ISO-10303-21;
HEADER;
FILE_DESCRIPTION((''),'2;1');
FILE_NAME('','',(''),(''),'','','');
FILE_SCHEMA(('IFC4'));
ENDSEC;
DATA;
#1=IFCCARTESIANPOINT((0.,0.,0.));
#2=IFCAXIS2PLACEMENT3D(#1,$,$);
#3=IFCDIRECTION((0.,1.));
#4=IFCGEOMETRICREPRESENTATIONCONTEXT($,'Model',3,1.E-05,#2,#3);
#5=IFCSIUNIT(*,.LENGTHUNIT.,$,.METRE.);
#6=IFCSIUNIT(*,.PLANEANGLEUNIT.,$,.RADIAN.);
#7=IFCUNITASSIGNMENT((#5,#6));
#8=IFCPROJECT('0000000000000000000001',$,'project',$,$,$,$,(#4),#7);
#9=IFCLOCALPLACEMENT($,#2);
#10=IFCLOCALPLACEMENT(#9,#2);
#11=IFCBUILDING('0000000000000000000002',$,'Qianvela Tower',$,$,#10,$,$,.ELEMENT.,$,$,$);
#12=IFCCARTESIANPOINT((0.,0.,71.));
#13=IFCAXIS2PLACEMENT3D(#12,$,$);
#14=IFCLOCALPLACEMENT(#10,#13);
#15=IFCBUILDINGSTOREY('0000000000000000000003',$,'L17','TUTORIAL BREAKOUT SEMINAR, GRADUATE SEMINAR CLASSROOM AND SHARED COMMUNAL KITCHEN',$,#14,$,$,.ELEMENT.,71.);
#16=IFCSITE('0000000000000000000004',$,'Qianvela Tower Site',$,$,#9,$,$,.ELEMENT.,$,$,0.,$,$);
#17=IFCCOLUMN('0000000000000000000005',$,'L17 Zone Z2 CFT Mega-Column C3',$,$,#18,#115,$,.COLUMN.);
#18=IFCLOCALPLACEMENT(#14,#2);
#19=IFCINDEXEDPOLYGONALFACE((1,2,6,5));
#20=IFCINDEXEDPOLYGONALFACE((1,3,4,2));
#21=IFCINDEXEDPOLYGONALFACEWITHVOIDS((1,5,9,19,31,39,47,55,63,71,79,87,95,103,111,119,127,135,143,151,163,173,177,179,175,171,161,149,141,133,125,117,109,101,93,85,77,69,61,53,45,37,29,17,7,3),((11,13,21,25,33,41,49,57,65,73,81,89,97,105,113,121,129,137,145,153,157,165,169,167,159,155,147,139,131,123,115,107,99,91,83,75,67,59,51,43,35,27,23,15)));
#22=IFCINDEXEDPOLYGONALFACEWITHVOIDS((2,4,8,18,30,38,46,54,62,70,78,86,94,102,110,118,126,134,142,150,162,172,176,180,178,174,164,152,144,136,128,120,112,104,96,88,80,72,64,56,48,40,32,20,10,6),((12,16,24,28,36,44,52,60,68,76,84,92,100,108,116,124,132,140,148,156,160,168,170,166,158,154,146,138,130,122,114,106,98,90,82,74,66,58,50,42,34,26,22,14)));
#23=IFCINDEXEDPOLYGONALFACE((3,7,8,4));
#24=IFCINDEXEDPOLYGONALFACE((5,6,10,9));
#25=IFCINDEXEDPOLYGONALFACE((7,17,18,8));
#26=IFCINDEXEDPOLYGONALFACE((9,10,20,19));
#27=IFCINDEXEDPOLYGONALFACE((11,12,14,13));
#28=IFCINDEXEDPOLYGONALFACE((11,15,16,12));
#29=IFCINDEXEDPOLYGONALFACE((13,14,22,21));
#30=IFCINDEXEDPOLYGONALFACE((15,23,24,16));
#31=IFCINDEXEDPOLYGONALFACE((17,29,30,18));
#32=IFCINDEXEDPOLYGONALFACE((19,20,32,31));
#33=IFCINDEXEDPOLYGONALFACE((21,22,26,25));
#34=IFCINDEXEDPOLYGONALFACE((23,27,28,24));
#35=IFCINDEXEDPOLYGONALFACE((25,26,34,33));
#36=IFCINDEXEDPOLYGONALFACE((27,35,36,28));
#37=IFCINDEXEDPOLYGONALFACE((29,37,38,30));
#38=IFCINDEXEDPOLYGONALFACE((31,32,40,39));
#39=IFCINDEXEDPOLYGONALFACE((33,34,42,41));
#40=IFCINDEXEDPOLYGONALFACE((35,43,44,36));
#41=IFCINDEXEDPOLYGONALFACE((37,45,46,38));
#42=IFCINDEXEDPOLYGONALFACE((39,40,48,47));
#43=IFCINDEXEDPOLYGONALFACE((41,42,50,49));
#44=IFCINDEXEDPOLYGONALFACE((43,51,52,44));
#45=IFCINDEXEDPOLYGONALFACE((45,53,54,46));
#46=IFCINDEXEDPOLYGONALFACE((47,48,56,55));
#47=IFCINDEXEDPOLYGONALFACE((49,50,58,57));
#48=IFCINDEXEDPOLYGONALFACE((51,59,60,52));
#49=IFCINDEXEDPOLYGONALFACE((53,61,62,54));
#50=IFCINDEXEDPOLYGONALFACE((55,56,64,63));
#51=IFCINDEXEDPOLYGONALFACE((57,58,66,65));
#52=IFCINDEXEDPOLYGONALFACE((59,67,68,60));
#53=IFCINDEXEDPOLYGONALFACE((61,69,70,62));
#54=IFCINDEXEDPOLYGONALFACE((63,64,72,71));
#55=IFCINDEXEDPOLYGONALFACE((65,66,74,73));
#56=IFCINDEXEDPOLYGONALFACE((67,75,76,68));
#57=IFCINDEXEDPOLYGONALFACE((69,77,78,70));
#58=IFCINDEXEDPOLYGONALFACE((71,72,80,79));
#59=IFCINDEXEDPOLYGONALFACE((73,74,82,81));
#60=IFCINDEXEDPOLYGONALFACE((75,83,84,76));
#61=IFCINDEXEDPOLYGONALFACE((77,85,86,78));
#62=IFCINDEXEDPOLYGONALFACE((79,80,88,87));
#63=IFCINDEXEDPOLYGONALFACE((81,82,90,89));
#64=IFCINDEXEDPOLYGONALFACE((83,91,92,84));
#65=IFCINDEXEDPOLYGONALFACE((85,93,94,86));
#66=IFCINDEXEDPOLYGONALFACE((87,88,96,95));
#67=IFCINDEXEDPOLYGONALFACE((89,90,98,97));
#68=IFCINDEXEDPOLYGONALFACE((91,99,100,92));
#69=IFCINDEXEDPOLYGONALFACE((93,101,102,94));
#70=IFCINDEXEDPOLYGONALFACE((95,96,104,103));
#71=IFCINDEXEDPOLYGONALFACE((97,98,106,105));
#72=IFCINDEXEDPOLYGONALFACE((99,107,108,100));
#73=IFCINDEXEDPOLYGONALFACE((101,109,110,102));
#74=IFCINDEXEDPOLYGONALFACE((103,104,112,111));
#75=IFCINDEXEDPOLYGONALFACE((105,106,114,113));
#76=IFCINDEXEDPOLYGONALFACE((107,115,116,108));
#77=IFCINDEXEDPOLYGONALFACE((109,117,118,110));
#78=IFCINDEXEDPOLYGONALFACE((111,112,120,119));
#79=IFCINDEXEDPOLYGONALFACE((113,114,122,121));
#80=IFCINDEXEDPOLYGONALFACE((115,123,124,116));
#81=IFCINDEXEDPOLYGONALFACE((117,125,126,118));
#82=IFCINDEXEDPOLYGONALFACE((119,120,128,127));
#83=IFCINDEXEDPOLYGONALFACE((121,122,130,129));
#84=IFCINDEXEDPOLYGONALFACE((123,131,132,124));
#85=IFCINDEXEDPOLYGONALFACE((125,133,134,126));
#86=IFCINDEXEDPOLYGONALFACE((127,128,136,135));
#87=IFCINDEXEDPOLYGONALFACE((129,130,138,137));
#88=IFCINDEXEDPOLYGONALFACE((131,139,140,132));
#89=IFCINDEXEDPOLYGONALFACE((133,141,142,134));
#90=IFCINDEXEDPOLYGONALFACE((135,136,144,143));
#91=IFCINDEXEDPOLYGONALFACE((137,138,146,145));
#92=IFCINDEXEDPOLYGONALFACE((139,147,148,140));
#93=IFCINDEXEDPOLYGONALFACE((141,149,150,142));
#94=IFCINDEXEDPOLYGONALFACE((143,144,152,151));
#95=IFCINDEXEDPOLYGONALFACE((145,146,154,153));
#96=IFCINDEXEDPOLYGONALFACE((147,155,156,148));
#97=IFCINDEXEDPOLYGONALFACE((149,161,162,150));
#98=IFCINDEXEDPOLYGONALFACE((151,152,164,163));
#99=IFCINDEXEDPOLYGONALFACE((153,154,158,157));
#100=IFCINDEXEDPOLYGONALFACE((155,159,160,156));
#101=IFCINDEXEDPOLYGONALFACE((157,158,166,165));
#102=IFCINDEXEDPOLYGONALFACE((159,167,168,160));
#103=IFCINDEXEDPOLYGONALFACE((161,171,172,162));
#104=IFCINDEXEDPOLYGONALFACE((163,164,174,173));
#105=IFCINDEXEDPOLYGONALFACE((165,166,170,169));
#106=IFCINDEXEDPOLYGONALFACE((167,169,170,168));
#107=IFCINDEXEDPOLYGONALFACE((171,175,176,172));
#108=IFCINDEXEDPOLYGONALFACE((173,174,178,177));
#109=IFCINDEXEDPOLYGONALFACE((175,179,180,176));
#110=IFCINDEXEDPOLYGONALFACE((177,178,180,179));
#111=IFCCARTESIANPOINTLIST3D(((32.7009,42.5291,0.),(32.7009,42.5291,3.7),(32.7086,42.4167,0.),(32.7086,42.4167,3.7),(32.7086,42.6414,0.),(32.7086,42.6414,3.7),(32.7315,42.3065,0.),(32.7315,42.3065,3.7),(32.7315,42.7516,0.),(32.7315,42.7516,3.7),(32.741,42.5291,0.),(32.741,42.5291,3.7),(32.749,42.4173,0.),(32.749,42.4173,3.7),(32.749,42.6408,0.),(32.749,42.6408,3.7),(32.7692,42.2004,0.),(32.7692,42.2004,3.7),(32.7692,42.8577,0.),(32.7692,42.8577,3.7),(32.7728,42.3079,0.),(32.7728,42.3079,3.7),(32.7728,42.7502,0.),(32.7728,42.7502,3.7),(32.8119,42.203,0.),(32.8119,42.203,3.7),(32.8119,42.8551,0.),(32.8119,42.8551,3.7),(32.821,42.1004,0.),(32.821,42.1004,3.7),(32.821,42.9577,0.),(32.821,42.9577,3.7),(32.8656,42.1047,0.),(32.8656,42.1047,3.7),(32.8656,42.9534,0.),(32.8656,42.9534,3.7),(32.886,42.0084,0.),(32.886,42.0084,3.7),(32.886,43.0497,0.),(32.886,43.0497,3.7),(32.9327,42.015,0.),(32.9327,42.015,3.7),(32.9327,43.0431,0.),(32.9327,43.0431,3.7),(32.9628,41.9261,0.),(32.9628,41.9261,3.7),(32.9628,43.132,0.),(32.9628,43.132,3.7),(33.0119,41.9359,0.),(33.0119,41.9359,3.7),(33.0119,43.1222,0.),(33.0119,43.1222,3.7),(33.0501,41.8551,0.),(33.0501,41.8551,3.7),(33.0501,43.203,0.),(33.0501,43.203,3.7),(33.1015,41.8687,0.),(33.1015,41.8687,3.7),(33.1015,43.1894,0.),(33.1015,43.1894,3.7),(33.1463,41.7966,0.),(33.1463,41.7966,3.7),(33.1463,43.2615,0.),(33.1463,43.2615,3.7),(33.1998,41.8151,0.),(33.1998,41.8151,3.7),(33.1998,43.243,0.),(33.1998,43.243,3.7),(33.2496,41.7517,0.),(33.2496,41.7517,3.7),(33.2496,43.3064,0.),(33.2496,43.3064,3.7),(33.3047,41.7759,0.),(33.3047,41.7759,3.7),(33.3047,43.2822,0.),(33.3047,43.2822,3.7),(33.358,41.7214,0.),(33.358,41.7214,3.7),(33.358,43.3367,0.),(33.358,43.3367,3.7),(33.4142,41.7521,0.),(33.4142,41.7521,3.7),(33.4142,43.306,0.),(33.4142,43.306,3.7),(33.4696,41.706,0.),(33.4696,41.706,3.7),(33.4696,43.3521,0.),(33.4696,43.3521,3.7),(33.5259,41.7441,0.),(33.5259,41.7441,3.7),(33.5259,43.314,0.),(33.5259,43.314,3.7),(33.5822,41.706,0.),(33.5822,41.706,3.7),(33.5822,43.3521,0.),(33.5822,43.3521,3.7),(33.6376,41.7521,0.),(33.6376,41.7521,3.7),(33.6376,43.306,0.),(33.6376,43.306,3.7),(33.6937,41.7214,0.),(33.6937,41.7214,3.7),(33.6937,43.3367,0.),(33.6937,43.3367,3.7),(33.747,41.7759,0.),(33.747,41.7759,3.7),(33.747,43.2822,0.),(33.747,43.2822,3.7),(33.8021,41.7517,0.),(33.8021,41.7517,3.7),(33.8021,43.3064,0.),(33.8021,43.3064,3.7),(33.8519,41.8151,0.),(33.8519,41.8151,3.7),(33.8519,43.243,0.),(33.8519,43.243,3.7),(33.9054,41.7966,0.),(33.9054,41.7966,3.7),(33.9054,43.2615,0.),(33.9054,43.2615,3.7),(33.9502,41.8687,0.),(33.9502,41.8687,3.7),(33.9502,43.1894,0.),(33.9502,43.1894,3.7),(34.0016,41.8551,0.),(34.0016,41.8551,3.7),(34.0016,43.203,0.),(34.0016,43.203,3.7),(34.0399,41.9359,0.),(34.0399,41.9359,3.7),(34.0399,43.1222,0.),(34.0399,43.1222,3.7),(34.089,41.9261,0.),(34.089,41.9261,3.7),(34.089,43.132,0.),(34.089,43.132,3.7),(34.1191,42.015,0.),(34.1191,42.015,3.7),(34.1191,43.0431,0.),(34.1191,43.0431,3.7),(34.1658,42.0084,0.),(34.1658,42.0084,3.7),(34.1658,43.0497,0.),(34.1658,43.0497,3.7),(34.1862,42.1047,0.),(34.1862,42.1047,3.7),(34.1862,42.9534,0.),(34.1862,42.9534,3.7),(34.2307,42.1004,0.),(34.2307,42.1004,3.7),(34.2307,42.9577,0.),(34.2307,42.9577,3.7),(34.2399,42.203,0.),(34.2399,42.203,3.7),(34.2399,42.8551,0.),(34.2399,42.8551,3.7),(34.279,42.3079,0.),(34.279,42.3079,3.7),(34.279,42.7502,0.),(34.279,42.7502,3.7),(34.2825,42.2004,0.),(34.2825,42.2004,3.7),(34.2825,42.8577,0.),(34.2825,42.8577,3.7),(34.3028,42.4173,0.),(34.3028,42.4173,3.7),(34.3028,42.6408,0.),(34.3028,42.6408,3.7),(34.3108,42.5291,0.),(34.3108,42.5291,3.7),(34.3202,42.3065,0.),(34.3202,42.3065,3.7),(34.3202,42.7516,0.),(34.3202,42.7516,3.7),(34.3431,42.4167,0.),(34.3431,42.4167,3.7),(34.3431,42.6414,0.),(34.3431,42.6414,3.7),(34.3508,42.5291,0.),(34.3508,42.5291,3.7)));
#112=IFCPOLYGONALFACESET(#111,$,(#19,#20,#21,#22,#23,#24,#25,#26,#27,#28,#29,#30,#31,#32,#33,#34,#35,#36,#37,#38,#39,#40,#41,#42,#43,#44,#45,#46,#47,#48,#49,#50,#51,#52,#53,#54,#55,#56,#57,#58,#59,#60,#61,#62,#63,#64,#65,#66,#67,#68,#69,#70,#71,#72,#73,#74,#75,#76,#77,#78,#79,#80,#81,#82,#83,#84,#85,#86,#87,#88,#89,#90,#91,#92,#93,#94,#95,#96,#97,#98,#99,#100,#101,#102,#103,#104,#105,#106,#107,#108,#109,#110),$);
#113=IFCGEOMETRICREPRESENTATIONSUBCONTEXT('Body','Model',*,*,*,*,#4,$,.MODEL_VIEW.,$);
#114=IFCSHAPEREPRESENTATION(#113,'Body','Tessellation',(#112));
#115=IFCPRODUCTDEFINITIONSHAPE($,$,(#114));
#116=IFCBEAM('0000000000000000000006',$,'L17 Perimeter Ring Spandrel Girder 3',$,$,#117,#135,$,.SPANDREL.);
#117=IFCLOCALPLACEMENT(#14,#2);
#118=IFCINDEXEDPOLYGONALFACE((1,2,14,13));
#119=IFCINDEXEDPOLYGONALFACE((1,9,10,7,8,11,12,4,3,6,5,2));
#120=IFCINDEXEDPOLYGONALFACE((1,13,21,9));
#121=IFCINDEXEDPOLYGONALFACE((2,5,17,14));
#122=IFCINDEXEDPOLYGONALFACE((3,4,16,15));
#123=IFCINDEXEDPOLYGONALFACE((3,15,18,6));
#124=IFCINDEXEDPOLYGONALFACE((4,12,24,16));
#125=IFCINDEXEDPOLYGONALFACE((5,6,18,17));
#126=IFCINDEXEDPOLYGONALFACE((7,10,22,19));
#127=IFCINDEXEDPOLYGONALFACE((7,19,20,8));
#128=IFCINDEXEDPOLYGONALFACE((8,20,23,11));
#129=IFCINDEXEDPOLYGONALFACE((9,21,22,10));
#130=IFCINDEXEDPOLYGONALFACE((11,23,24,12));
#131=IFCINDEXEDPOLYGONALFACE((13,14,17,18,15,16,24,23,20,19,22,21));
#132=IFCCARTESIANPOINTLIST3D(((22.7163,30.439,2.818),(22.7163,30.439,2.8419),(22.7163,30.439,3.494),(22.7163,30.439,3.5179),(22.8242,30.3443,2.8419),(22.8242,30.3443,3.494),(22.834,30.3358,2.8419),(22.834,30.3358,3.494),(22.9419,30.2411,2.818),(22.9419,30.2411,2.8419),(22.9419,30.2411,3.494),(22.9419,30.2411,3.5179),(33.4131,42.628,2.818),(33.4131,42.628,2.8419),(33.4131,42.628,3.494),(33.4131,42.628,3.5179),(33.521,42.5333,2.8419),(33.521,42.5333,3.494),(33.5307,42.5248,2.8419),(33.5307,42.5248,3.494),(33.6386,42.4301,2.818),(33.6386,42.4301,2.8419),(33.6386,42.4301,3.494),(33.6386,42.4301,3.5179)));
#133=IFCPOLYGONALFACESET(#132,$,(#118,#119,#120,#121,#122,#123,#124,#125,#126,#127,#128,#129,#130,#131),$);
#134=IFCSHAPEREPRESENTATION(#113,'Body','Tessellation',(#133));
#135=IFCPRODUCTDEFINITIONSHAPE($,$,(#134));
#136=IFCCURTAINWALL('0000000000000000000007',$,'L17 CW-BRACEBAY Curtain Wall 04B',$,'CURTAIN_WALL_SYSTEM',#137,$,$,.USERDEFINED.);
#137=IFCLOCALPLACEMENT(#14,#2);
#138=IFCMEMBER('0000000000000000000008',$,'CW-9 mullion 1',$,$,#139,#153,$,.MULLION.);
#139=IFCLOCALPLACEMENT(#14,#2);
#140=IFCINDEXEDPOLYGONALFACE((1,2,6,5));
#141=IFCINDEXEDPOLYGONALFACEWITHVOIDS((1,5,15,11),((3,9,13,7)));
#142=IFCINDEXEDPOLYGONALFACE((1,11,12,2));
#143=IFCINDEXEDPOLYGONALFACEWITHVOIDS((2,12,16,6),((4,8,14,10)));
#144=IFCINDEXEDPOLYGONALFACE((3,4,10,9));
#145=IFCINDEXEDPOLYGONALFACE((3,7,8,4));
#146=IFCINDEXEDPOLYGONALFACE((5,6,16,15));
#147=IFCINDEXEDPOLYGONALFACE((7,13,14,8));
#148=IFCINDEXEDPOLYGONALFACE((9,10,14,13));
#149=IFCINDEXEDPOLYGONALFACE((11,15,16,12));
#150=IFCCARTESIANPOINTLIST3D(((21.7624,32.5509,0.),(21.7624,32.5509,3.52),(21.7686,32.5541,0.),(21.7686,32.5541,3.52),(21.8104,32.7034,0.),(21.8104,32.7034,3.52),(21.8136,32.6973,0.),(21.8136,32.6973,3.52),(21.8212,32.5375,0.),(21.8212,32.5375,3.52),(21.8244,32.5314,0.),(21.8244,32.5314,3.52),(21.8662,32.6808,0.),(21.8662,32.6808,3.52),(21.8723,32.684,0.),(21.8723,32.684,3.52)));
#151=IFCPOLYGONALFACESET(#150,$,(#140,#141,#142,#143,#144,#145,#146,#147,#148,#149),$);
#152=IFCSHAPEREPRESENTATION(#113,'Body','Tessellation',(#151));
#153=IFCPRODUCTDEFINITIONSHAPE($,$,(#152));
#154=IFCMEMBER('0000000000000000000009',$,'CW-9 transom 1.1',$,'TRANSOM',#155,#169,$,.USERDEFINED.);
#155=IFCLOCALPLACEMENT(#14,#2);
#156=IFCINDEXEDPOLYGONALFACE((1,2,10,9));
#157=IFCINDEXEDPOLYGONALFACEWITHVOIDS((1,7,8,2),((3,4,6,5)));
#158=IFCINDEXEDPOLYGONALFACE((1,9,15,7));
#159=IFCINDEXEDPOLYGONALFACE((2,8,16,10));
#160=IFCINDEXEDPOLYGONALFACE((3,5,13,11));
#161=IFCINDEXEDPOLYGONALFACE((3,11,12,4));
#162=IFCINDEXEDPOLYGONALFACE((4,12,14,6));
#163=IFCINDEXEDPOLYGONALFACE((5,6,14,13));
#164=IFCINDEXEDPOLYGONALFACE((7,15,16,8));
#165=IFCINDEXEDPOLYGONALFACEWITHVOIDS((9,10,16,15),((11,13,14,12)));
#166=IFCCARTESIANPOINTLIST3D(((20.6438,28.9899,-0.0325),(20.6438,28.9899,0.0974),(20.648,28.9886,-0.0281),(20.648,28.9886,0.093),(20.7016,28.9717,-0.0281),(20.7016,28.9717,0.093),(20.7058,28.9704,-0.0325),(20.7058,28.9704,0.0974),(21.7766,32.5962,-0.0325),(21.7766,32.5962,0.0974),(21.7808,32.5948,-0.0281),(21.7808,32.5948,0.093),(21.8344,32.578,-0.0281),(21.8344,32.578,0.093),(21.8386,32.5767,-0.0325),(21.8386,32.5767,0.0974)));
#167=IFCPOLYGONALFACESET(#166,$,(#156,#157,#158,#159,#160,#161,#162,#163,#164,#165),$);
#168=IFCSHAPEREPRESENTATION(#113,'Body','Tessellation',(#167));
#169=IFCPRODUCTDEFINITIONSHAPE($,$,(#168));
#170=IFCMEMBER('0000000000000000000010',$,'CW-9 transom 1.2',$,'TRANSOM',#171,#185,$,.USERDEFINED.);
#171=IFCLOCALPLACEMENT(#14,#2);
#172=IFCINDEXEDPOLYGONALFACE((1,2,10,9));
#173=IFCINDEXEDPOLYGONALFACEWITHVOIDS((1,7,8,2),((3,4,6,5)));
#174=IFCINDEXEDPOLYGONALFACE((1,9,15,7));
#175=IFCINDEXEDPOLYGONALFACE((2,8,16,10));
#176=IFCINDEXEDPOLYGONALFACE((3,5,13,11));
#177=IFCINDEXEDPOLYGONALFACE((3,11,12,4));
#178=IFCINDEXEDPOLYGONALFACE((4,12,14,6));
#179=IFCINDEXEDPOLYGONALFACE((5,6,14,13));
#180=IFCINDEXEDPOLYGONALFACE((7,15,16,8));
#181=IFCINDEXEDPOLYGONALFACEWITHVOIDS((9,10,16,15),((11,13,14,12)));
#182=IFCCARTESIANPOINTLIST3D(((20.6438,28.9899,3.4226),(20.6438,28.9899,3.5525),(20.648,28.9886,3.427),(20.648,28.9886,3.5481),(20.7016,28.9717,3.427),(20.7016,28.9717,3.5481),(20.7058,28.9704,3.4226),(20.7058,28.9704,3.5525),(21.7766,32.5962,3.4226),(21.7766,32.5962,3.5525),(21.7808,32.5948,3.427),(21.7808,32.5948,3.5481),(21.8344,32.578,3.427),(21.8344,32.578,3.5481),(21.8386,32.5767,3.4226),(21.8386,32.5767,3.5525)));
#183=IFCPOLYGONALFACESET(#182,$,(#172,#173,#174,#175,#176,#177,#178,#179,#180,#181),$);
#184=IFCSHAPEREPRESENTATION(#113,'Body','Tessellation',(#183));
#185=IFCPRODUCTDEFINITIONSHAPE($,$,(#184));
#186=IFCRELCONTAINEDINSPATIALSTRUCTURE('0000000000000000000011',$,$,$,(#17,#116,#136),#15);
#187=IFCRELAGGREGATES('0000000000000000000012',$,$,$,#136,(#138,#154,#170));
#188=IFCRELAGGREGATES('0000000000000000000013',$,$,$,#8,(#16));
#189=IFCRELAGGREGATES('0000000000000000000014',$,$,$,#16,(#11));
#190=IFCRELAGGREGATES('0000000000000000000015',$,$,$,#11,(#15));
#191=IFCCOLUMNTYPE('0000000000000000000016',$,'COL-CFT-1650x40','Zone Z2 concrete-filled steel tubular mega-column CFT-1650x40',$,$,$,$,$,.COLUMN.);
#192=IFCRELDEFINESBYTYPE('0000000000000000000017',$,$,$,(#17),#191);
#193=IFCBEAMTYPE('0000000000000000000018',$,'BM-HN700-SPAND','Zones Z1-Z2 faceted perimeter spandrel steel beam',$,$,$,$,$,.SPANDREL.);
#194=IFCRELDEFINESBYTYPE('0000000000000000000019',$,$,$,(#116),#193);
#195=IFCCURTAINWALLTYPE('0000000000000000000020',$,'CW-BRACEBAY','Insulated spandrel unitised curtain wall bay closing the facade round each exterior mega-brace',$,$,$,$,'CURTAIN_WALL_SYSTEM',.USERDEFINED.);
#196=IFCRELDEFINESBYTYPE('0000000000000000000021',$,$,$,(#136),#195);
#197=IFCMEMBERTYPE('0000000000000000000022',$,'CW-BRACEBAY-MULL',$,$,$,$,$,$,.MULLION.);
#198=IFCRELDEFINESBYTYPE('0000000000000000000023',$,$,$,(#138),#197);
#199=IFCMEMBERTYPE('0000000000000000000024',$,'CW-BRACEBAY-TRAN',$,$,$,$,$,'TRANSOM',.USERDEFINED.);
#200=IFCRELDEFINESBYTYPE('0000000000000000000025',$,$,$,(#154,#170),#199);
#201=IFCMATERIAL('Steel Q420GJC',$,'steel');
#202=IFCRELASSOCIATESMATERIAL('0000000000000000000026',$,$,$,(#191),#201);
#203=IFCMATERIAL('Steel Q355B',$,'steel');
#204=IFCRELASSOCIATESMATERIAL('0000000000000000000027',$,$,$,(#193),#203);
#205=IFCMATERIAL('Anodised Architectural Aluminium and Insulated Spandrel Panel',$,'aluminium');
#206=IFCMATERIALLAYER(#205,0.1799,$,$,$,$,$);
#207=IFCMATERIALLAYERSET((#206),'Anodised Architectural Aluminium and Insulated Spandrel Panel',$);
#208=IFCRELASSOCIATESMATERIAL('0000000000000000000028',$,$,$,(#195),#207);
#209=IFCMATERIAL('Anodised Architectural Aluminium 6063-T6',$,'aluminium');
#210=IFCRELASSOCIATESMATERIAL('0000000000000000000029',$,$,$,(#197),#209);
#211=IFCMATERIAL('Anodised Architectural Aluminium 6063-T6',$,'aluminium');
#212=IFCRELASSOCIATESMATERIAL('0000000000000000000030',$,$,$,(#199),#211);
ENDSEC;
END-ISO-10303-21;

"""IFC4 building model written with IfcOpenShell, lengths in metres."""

from ifc_helpers import new_model, si_unit, direction, frame, origin, origin_2d, place, context, subcontext, project, spatial, hollow_rectangle, hollow_circle, i_section, extrude, material, layer, layer_set, material_profile, profile_set, type_object, element, aggregate, save


model = new_model("IFC4")

# Units and contexts
model_context = context("Model", 3, precision=1e-05, world=origin(), true_north=direction((0.0, 1.0)))
body_context = subcontext(model_context, "Body", "Model", "MODEL_VIEW")
ifc_project = project(units=[si_unit("LENGTHUNIT", "METRE"), si_unit("PLANEANGLEUNIT", "RADIAN")], contexts=[model_context])

# Site, building, storey
site_placement = place(None, origin())
site = spatial("IfcSite", under=ifc_project, at=site_placement, Name="Qianvela Tower Site", CompositionType="ELEMENT", RefElevation=0.0)
building_placement = place(site_placement, origin())
building = spatial("IfcBuilding", under=site, at=building_placement, Name="Qianvela Tower", CompositionType="ELEMENT")
storey_placement = place(building_placement, frame((0.0, 0.0, 71.0)))
storey = spatial("IfcBuildingStorey", under=building, at=storey_placement, Name="L17", Description="TUTORIAL BREAKOUT SEMINAR, GRADUATE SEMINAR CLASSROOM AND SHARED COMMUNAL KITCHEN", CompositionType="ELEMENT", Elevation=71.0)

# Column
ifc_material_1 = material(Name="Steel Q420GJC", Category="steel")
ifc_material_profile_1 = material_profile(ifc_material_1, hollow_circle(Radius=0.825, WallThickness=0.04, at=origin_2d()), Name="CFT-1650x40")
ifc_profile_set_1 = profile_set([ifc_material_profile_1], Name="Steel Q420GJC")
column_type = type_object("IfcColumnType", Name="COL-CFT-1650x40", Description="Zone Z2 concrete-filled steel tubular mega-column CFT-1650x40", PredefinedType="COLUMN", material=ifc_profile_set_1)
for number, where, z_axis, x_axis, name in (
    (1, (33.5259, 42.5291, 0.0), (0.0, 0.0, 1.0), (1.0, 0.0, 0.0), "L17 Zone Z2 CFT Mega-Column C3"),
):
    element("IfcColumn", number, at=place(storey_placement, frame(where, z_axis=z_axis, x_axis=x_axis)), inside=storey, type_object=column_type, Name=name, PredefinedType="COLUMN", context=body_context, shape_type="SweptSolid", body=[
        extrude(hollow_circle(Radius=0.825, WallThickness=0.04, at=origin_2d()), origin(), (0.0, 0.0, 1.0), 3.7),
    ])

# Beam
ifc_material_2 = material(Name="Steel Q355B", Category="steel")
ifc_material_profile_2 = material_profile(ifc_material_2, i_section(OverallWidth=0.3, OverallDepth=0.7, WebThickness=0.0129, FlangeThickness=0.0239, at=origin_2d()), Name="HN700x300x13x24")
ifc_profile_set_2 = profile_set([ifc_material_profile_2], Name="Steel Q355B")
beam_type = type_object("IfcBeamType", Name="BM-HN700-SPAND", Description="Zones Z1-Z2 faceted perimeter spandrel steel beam", PredefinedType="SPANDREL", material=ifc_profile_set_2)
beam_placement = place(storey_placement, frame((33.5259, 42.5291, 3.168), z_axis=(-0.659602, -0.751615, 0.0), x_axis=(0.751615, -0.659602, 0.0)))
element("IfcBeam", 2, at=beam_placement, inside=storey, type_object=beam_type, Name="L17 Perimeter Ring Spandrel Girder 3", PredefinedType="SPANDREL", context=body_context, shape_type="SweptSolid", body=[
    extrude(i_section(OverallWidth=0.3, OverallDepth=0.7, WebThickness=0.0129, FlangeThickness=0.0239, at=origin_2d()), origin(), (0.0, 0.0, 1.0), 16.217),
])

# Curtain wall, members
ifc_material_3 = material(Name="Anodised Architectural Aluminium and Insulated Spandrel Panel", Category="aluminium")
ifc_layer_1 = layer(ifc_material_3, 0.1799)
ifc_layer_set_1 = layer_set([ifc_layer_1], Name="Anodised Architectural Aluminium and Insulated Spandrel Panel")
curtain_wall_type_1 = type_object("IfcCurtainWallType", Name="CW-BRACEBAY", Description="Insulated spandrel unitised curtain wall bay closing the facade round each exterior mega-brace", ElementType="CURTAIN_WALL_SYSTEM", PredefinedType="USERDEFINED", material=ifc_layer_set_1)
curtain_wall_1_placement = place(storey_placement, origin())
curtain_wall_1 = element("IfcCurtainWall", 3, at=curtain_wall_1_placement, inside=storey, type_object=curtain_wall_type_1, Name="L17 CW-BRACEBAY Curtain Wall 04B", ObjectType="CURTAIN_WALL_SYSTEM", PredefinedType="USERDEFINED")
ifc_material_4 = material(Name="Anodised Architectural Aluminium 6063-T6", Category="aluminium")
ifc_material_profile_3 = material_profile(ifc_material_4, hollow_rectangle(XDim=0.0649, YDim=0.1599, WallThickness=0.0049, at=origin_2d()), Name="ALU-MULL-65x160")
ifc_profile_set_3 = profile_set([ifc_material_profile_3], Name="Anodised Architectural Aluminium 6063-T6")
member_type_1 = type_object("IfcMemberType", Name="CW-BRACEBAY-MULL", PredefinedType="MULLION", material=ifc_profile_set_3)
member_1_placement = place(storey_placement, frame((21.8174, 32.6174, 0.0), z_axis=(0.0, 0.0, 1.0), x_axis=(0.954034, -0.299699, 0.0)))
member_1 = element("IfcMember", 4, at=member_1_placement, type_object=member_type_1, Name="CW-9 mullion 1", PredefinedType="MULLION", context=body_context, shape_type="SweptSolid", body=[
    extrude(hollow_rectangle(XDim=0.0649, YDim=0.1599, WallThickness=0.0049, at=origin_2d()), origin(), (0.0, 0.0, 1.0), 3.52),
])
ifc_material_5 = material(Name="Anodised Architectural Aluminium 6063-T6", Category="aluminium")
ifc_material_profile_4 = material_profile(ifc_material_5, hollow_rectangle(XDim=0.0649, YDim=0.1299, WallThickness=0.0044, at=origin_2d()), Name="ALU-TRAN-65x130")
ifc_profile_set_4 = profile_set([ifc_material_profile_4], Name="Anodised Architectural Aluminium 6063-T6")
member_type_2 = type_object("IfcMemberType", Name="CW-BRACEBAY-TRAN", ElementType="TRANSOM", PredefinedType="USERDEFINED", material=ifc_profile_set_4)
member_2_placement = place(storey_placement, frame((21.8076, 32.5864, 0.0325), z_axis=(-0.299691, -0.954036, 0.0), x_axis=(0.954036, -0.299691, 0.0)))
member_2 = element("IfcMember", 5, at=member_2_placement, type_object=member_type_2, Name="CW-9 transom 1.1", ObjectType="TRANSOM", PredefinedType="USERDEFINED", context=body_context, shape_type="SweptSolid", body=[
    extrude(hollow_rectangle(XDim=0.0649, YDim=0.1299, WallThickness=0.0044, at=origin_2d()), origin(), (0.0, 0.0, 1.0), 3.78),
])
member_3_placement = place(storey_placement, frame((21.8076, 32.5864, 3.4875), z_axis=(-0.299691, -0.954036, 0.0), x_axis=(0.954036, -0.299691, 0.0)))
member_3 = element("IfcMember", 6, at=member_3_placement, type_object=member_type_2, Name="CW-9 transom 1.2", ObjectType="TRANSOM", PredefinedType="USERDEFINED", context=body_context, shape_type="SweptSolid", body=[
    extrude(hollow_rectangle(XDim=0.0649, YDim=0.1299, WallThickness=0.0044, at=origin_2d()), origin(), (0.0, 0.0, 1.0), 3.78),
])
aggregate(curtain_wall_1, [member_1, member_2, member_3])

save(model, "model.ifc")
